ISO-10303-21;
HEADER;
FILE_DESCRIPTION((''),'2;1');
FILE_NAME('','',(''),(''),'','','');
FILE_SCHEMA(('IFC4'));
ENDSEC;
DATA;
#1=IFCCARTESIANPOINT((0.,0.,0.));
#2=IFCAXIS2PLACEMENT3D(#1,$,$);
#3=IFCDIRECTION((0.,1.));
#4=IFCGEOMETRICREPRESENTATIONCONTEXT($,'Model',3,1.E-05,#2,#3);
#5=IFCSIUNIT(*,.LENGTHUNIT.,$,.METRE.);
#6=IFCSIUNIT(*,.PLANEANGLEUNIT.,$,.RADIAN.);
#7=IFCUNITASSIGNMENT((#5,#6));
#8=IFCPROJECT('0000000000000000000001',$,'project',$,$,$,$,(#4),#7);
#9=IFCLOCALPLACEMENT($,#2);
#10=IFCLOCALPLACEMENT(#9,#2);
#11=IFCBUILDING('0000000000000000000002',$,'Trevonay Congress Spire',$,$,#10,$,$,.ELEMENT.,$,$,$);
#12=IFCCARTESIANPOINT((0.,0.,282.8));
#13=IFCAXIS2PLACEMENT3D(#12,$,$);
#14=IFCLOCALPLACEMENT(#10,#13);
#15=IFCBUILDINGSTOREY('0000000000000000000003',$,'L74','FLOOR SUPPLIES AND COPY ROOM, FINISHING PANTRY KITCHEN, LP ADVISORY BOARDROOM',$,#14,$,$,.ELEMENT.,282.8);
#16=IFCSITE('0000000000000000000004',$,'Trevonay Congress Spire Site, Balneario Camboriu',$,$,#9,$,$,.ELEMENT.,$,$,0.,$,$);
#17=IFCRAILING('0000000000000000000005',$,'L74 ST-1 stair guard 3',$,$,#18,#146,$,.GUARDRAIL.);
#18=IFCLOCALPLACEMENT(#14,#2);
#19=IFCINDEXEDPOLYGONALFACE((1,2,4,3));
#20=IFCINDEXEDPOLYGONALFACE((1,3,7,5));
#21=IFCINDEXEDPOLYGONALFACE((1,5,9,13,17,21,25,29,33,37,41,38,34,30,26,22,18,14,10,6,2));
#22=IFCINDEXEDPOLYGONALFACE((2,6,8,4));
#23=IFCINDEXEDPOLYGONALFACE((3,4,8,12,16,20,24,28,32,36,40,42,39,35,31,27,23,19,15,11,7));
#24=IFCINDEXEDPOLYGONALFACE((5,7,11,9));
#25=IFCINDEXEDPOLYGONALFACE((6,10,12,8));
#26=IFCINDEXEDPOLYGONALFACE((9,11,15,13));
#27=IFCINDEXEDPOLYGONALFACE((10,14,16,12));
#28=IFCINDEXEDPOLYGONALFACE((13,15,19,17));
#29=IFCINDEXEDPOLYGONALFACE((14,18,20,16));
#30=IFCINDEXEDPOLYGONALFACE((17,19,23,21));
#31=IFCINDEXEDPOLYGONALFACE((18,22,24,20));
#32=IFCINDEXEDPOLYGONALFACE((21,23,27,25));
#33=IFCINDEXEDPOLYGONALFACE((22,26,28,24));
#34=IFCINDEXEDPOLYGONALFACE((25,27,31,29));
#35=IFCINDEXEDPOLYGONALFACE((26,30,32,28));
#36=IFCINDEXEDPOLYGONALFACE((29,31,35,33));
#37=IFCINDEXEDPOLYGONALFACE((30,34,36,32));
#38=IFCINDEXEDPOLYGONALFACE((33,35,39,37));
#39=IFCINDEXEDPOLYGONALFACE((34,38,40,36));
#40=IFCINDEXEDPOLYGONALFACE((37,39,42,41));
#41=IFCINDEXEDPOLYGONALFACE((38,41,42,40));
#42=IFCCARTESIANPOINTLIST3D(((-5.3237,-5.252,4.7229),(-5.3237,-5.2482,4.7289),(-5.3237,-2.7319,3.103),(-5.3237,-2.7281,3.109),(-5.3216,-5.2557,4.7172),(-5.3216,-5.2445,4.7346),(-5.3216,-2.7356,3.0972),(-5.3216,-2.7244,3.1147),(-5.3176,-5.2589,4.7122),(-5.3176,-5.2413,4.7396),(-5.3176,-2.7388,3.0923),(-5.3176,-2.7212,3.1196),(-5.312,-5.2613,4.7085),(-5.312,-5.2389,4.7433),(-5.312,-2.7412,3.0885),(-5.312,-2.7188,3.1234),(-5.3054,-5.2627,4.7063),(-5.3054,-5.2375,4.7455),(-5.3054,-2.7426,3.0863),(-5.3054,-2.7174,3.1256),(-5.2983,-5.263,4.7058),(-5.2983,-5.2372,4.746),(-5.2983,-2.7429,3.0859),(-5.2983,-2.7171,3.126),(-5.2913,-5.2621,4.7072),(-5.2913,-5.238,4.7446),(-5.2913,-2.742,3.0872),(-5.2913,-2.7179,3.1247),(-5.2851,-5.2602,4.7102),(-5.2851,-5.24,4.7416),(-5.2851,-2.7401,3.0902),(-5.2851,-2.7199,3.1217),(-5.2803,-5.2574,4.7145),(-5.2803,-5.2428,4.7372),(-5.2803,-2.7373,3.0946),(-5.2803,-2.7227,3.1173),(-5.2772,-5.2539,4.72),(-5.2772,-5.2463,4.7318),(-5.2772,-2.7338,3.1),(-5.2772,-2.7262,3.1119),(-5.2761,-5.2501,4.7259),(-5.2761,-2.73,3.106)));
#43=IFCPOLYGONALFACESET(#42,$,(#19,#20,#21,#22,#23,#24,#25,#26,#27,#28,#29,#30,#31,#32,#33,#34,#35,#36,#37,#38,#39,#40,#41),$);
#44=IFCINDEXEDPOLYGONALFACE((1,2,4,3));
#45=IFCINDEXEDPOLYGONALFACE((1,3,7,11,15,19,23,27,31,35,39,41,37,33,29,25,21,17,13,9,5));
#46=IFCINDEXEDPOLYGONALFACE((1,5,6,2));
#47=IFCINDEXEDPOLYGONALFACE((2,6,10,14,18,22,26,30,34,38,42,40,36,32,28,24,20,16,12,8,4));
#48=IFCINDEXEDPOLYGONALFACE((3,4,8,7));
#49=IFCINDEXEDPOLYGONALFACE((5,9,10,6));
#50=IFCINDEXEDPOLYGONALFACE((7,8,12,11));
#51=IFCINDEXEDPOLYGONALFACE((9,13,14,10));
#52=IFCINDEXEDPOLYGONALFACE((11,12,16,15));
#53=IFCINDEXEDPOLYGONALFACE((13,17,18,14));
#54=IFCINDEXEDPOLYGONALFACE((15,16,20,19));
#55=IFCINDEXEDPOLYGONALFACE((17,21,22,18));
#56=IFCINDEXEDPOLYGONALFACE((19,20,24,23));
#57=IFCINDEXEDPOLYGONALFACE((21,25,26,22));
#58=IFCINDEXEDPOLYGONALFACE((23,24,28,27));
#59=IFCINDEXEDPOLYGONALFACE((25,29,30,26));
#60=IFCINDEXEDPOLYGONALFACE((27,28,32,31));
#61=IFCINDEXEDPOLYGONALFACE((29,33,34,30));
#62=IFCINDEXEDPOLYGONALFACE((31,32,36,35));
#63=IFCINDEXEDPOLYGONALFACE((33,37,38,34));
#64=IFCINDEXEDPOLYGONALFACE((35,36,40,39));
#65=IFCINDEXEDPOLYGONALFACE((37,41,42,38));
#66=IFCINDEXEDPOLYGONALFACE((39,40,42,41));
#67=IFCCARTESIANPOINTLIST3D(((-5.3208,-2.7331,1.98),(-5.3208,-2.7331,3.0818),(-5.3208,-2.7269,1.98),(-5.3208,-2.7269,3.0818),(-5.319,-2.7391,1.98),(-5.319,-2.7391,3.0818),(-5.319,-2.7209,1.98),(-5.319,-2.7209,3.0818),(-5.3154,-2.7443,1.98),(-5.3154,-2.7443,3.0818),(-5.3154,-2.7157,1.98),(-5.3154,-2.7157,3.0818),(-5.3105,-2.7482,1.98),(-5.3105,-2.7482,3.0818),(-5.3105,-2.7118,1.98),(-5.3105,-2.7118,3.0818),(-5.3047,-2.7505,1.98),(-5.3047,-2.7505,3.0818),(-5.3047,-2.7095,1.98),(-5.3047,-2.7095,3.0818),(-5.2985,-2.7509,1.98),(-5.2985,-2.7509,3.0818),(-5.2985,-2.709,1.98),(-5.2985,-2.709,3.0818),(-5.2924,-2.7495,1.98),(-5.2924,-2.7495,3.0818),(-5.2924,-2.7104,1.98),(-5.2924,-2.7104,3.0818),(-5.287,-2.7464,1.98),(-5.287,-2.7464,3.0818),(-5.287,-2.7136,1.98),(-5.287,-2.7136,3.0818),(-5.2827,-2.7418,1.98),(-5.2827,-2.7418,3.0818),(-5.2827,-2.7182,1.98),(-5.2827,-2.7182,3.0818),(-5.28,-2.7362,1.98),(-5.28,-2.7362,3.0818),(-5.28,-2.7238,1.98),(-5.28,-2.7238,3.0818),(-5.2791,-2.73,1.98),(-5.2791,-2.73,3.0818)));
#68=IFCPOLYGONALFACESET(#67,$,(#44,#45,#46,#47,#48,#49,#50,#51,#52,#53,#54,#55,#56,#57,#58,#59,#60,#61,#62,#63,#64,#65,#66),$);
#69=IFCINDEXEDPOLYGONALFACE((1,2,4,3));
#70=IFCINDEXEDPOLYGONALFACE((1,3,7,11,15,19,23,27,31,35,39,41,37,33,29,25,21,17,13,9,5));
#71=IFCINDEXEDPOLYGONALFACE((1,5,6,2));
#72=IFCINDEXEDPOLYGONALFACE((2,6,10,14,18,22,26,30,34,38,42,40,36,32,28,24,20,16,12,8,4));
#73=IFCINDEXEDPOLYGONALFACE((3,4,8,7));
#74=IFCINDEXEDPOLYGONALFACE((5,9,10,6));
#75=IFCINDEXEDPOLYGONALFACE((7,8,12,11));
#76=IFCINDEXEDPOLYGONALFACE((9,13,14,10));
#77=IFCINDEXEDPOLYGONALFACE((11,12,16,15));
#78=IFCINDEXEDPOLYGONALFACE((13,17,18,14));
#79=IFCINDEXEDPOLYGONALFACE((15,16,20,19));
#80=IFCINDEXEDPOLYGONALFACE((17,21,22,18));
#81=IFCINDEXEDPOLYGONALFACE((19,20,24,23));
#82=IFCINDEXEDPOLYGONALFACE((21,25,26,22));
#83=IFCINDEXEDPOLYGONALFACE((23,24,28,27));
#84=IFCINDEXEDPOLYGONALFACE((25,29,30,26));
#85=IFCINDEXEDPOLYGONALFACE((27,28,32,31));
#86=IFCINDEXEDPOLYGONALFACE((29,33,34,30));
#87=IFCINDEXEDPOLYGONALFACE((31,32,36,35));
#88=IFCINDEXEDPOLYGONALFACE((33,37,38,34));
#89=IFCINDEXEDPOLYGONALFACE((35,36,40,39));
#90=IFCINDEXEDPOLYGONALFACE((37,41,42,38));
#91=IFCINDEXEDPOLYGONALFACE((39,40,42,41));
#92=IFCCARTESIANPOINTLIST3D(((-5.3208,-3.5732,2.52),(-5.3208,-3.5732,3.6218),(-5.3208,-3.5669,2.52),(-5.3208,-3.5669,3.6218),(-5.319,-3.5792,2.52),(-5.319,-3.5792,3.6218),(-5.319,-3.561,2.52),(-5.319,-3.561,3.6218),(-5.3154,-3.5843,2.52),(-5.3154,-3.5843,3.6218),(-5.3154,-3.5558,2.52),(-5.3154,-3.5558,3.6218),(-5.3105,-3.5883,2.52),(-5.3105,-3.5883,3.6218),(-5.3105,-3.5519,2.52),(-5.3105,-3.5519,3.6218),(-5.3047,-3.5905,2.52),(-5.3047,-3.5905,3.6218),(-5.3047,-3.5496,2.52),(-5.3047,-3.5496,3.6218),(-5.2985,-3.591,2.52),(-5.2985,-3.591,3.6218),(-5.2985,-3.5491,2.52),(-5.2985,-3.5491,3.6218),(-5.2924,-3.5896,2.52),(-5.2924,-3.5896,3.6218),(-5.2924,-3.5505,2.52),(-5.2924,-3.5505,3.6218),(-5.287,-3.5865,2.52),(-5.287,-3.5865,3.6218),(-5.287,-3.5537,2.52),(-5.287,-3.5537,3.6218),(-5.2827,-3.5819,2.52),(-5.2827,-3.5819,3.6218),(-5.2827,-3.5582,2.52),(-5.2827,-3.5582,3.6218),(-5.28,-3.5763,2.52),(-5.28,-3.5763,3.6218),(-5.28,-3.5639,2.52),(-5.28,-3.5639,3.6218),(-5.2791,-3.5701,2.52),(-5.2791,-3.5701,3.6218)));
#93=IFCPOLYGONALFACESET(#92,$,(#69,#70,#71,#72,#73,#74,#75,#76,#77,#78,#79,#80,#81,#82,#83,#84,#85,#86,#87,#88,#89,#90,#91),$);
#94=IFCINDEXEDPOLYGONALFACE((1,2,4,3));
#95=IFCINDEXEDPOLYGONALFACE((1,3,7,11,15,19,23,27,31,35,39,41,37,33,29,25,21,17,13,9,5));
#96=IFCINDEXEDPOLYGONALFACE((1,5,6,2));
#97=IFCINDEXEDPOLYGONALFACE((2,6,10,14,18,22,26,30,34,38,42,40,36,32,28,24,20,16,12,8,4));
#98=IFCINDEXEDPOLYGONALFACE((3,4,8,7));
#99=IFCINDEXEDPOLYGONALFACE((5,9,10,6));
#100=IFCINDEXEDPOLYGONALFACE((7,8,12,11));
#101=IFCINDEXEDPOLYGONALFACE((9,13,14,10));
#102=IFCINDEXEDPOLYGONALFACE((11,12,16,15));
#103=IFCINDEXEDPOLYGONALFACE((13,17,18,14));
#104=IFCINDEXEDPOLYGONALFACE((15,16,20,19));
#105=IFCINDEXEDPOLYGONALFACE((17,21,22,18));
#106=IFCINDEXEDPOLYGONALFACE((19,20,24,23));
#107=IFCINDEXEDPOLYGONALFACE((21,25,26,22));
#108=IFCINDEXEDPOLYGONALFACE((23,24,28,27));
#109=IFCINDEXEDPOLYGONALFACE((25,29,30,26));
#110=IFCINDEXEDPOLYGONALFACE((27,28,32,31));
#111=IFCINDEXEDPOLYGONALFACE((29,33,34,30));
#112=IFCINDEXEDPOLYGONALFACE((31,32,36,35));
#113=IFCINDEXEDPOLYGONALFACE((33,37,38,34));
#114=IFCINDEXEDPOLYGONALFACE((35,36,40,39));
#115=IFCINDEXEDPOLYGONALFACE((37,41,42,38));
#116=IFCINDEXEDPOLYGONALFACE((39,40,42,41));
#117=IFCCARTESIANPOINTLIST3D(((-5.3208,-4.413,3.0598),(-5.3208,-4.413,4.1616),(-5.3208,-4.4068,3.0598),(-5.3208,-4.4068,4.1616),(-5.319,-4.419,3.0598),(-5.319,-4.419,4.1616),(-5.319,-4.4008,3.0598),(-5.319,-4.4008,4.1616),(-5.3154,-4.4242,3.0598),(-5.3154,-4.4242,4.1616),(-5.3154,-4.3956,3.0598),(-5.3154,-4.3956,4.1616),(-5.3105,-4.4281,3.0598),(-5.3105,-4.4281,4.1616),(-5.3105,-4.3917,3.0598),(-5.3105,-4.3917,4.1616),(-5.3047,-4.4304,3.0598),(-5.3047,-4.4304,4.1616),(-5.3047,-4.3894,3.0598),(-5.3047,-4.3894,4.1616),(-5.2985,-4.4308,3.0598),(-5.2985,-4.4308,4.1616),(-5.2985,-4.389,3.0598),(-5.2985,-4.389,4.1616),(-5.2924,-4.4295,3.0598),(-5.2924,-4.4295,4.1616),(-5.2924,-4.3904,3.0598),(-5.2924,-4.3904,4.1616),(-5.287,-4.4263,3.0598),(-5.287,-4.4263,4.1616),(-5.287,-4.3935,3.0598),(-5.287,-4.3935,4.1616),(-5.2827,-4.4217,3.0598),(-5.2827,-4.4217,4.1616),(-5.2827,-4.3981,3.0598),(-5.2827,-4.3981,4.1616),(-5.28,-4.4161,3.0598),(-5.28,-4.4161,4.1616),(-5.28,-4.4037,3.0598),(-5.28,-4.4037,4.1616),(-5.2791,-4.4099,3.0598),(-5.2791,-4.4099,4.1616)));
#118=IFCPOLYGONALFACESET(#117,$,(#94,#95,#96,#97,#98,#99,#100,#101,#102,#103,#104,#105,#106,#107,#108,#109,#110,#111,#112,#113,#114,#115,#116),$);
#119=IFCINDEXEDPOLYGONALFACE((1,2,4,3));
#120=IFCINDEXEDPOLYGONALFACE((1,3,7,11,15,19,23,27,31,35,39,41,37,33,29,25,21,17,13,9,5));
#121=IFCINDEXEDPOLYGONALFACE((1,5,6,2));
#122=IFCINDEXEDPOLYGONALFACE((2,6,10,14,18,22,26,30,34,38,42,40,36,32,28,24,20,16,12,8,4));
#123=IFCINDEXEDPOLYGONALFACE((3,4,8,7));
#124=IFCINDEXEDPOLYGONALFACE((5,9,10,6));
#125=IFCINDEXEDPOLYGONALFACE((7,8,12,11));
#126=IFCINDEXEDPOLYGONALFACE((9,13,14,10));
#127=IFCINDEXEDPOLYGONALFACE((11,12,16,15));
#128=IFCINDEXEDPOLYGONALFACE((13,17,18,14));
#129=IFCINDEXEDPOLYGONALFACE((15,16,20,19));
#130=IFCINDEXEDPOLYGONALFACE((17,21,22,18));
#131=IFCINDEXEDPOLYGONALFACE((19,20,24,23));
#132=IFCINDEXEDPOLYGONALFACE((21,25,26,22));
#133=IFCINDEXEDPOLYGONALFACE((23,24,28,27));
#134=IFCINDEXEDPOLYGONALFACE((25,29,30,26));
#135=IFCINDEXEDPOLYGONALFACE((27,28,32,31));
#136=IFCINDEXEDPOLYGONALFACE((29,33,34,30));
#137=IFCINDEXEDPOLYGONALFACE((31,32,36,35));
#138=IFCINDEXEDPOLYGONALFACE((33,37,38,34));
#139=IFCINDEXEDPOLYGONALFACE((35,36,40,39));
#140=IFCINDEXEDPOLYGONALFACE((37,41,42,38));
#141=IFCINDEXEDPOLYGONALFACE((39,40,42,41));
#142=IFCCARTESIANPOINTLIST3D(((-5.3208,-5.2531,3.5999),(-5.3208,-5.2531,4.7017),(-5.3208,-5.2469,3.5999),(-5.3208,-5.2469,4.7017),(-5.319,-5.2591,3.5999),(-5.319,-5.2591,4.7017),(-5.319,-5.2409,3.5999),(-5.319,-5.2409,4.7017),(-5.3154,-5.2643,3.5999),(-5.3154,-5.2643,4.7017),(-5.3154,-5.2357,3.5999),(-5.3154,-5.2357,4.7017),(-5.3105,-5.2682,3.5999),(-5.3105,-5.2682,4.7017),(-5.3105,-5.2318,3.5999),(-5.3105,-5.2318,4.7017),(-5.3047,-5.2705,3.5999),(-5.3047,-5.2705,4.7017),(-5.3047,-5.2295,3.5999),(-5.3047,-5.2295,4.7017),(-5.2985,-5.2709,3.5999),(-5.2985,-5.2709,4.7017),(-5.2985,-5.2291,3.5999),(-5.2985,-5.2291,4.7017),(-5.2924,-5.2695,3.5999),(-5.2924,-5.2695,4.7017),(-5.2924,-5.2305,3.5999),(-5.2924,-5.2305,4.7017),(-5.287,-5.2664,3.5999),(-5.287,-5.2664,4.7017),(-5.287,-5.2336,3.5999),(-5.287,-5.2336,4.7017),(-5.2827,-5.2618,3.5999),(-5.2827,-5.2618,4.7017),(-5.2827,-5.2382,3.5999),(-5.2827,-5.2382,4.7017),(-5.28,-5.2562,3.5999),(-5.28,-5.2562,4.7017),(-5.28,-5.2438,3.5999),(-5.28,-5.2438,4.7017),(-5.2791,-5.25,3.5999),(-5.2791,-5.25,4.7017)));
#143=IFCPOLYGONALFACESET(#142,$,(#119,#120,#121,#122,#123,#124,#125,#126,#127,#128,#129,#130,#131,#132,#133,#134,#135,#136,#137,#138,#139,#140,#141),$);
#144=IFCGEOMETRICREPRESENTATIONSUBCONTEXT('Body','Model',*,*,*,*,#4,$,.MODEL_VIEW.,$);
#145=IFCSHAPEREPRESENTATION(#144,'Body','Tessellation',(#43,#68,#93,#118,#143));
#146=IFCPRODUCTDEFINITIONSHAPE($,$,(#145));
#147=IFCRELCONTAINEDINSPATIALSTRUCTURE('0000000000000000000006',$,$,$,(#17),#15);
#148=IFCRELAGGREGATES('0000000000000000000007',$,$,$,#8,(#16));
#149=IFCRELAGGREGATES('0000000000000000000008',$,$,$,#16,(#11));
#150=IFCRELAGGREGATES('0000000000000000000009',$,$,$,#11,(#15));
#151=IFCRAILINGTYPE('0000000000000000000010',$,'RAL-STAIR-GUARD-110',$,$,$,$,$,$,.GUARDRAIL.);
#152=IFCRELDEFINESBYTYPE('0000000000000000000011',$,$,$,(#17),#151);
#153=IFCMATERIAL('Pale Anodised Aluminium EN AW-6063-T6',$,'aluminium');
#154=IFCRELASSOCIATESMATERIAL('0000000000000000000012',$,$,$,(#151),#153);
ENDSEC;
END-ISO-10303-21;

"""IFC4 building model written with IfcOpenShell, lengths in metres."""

from ifc_helpers import new_model, si_unit, direction, frame, origin, origin_2d, place, context, subcontext, project, spatial, circle, extrude, material, type_object, element, save


model = new_model("IFC4")

# Units and contexts
model_context = context("Model", 3, precision=1e-05, world=origin(), true_north=direction((0.0, 1.0)))
body_context = subcontext(model_context, "Body", "Model", "MODEL_VIEW")
ifc_project = project(units=[si_unit("LENGTHUNIT", "METRE"), si_unit("PLANEANGLEUNIT", "RADIAN")], contexts=[model_context])

# Site, building, storey
site_placement = place(None, origin())
site = spatial("IfcSite", under=ifc_project, at=site_placement, Name="Trevonay Congress Spire Site, Balneario Camboriu", CompositionType="ELEMENT", RefElevation=0.0)
building_placement = place(site_placement, origin())
building = spatial("IfcBuilding", under=site, at=building_placement, Name="Trevonay Congress Spire", CompositionType="ELEMENT")
storey_placement = place(building_placement, frame((0.0, 0.0, 282.8)))
storey = spatial("IfcBuildingStorey", under=building, at=storey_placement, Name="L74", Description="FLOOR SUPPLIES AND COPY ROOM, FINISHING PANTRY KITCHEN, LP ADVISORY BOARDROOM", CompositionType="ELEMENT", Elevation=282.8)

# Shared definitions
ifc_material_1 = material(Name="Pale Anodised Aluminium EN AW-6063-T6", Category="aluminium")

# Railing
railing_type_1 = type_object("IfcRailingType", Name="RAL-STAIR-GUARD-110", PredefinedType="GUARDRAIL", material=ifc_material_1)
railing_1_placement = place(storey_placement, frame((-5.3, -2.73, 1.98)))
element("IfcRailing", 1, at=railing_1_placement, inside=storey, type_object=railing_type_1, Name="L74 ST-1 stair guard 3", PredefinedType="GUARDRAIL", context=body_context, shape_type="SweptSolid", body=[
    extrude(circle(Radius=0.0239, at=origin_2d()), frame((0.0, 0.0, 1.126), z_axis=(0.0, -0.8412, 0.540725), x_axis=(1.0, 0.0, 0.0)), (0.0, 0.0, 1.0), 2.9958),
    extrude(circle(Radius=0.021, at=origin_2d()), origin(), (0.0, 0.0, 1.0), 1.1018),
    extrude(circle(Radius=0.021, at=origin_2d()), frame((0.0, -0.8401, 0.54)), (0.0, 0.0, 1.0), 1.1018),
    extrude(circle(Radius=0.021, at=origin_2d()), frame((0.0, -1.6799, 1.0798)), (0.0, 0.0, 1.0), 1.1018),
    extrude(circle(Radius=0.021, at=origin_2d()), frame((0.0, -2.52, 1.6199)), (0.0, 0.0, 1.0), 1.1018),
])

save(model, "model.ifc")
